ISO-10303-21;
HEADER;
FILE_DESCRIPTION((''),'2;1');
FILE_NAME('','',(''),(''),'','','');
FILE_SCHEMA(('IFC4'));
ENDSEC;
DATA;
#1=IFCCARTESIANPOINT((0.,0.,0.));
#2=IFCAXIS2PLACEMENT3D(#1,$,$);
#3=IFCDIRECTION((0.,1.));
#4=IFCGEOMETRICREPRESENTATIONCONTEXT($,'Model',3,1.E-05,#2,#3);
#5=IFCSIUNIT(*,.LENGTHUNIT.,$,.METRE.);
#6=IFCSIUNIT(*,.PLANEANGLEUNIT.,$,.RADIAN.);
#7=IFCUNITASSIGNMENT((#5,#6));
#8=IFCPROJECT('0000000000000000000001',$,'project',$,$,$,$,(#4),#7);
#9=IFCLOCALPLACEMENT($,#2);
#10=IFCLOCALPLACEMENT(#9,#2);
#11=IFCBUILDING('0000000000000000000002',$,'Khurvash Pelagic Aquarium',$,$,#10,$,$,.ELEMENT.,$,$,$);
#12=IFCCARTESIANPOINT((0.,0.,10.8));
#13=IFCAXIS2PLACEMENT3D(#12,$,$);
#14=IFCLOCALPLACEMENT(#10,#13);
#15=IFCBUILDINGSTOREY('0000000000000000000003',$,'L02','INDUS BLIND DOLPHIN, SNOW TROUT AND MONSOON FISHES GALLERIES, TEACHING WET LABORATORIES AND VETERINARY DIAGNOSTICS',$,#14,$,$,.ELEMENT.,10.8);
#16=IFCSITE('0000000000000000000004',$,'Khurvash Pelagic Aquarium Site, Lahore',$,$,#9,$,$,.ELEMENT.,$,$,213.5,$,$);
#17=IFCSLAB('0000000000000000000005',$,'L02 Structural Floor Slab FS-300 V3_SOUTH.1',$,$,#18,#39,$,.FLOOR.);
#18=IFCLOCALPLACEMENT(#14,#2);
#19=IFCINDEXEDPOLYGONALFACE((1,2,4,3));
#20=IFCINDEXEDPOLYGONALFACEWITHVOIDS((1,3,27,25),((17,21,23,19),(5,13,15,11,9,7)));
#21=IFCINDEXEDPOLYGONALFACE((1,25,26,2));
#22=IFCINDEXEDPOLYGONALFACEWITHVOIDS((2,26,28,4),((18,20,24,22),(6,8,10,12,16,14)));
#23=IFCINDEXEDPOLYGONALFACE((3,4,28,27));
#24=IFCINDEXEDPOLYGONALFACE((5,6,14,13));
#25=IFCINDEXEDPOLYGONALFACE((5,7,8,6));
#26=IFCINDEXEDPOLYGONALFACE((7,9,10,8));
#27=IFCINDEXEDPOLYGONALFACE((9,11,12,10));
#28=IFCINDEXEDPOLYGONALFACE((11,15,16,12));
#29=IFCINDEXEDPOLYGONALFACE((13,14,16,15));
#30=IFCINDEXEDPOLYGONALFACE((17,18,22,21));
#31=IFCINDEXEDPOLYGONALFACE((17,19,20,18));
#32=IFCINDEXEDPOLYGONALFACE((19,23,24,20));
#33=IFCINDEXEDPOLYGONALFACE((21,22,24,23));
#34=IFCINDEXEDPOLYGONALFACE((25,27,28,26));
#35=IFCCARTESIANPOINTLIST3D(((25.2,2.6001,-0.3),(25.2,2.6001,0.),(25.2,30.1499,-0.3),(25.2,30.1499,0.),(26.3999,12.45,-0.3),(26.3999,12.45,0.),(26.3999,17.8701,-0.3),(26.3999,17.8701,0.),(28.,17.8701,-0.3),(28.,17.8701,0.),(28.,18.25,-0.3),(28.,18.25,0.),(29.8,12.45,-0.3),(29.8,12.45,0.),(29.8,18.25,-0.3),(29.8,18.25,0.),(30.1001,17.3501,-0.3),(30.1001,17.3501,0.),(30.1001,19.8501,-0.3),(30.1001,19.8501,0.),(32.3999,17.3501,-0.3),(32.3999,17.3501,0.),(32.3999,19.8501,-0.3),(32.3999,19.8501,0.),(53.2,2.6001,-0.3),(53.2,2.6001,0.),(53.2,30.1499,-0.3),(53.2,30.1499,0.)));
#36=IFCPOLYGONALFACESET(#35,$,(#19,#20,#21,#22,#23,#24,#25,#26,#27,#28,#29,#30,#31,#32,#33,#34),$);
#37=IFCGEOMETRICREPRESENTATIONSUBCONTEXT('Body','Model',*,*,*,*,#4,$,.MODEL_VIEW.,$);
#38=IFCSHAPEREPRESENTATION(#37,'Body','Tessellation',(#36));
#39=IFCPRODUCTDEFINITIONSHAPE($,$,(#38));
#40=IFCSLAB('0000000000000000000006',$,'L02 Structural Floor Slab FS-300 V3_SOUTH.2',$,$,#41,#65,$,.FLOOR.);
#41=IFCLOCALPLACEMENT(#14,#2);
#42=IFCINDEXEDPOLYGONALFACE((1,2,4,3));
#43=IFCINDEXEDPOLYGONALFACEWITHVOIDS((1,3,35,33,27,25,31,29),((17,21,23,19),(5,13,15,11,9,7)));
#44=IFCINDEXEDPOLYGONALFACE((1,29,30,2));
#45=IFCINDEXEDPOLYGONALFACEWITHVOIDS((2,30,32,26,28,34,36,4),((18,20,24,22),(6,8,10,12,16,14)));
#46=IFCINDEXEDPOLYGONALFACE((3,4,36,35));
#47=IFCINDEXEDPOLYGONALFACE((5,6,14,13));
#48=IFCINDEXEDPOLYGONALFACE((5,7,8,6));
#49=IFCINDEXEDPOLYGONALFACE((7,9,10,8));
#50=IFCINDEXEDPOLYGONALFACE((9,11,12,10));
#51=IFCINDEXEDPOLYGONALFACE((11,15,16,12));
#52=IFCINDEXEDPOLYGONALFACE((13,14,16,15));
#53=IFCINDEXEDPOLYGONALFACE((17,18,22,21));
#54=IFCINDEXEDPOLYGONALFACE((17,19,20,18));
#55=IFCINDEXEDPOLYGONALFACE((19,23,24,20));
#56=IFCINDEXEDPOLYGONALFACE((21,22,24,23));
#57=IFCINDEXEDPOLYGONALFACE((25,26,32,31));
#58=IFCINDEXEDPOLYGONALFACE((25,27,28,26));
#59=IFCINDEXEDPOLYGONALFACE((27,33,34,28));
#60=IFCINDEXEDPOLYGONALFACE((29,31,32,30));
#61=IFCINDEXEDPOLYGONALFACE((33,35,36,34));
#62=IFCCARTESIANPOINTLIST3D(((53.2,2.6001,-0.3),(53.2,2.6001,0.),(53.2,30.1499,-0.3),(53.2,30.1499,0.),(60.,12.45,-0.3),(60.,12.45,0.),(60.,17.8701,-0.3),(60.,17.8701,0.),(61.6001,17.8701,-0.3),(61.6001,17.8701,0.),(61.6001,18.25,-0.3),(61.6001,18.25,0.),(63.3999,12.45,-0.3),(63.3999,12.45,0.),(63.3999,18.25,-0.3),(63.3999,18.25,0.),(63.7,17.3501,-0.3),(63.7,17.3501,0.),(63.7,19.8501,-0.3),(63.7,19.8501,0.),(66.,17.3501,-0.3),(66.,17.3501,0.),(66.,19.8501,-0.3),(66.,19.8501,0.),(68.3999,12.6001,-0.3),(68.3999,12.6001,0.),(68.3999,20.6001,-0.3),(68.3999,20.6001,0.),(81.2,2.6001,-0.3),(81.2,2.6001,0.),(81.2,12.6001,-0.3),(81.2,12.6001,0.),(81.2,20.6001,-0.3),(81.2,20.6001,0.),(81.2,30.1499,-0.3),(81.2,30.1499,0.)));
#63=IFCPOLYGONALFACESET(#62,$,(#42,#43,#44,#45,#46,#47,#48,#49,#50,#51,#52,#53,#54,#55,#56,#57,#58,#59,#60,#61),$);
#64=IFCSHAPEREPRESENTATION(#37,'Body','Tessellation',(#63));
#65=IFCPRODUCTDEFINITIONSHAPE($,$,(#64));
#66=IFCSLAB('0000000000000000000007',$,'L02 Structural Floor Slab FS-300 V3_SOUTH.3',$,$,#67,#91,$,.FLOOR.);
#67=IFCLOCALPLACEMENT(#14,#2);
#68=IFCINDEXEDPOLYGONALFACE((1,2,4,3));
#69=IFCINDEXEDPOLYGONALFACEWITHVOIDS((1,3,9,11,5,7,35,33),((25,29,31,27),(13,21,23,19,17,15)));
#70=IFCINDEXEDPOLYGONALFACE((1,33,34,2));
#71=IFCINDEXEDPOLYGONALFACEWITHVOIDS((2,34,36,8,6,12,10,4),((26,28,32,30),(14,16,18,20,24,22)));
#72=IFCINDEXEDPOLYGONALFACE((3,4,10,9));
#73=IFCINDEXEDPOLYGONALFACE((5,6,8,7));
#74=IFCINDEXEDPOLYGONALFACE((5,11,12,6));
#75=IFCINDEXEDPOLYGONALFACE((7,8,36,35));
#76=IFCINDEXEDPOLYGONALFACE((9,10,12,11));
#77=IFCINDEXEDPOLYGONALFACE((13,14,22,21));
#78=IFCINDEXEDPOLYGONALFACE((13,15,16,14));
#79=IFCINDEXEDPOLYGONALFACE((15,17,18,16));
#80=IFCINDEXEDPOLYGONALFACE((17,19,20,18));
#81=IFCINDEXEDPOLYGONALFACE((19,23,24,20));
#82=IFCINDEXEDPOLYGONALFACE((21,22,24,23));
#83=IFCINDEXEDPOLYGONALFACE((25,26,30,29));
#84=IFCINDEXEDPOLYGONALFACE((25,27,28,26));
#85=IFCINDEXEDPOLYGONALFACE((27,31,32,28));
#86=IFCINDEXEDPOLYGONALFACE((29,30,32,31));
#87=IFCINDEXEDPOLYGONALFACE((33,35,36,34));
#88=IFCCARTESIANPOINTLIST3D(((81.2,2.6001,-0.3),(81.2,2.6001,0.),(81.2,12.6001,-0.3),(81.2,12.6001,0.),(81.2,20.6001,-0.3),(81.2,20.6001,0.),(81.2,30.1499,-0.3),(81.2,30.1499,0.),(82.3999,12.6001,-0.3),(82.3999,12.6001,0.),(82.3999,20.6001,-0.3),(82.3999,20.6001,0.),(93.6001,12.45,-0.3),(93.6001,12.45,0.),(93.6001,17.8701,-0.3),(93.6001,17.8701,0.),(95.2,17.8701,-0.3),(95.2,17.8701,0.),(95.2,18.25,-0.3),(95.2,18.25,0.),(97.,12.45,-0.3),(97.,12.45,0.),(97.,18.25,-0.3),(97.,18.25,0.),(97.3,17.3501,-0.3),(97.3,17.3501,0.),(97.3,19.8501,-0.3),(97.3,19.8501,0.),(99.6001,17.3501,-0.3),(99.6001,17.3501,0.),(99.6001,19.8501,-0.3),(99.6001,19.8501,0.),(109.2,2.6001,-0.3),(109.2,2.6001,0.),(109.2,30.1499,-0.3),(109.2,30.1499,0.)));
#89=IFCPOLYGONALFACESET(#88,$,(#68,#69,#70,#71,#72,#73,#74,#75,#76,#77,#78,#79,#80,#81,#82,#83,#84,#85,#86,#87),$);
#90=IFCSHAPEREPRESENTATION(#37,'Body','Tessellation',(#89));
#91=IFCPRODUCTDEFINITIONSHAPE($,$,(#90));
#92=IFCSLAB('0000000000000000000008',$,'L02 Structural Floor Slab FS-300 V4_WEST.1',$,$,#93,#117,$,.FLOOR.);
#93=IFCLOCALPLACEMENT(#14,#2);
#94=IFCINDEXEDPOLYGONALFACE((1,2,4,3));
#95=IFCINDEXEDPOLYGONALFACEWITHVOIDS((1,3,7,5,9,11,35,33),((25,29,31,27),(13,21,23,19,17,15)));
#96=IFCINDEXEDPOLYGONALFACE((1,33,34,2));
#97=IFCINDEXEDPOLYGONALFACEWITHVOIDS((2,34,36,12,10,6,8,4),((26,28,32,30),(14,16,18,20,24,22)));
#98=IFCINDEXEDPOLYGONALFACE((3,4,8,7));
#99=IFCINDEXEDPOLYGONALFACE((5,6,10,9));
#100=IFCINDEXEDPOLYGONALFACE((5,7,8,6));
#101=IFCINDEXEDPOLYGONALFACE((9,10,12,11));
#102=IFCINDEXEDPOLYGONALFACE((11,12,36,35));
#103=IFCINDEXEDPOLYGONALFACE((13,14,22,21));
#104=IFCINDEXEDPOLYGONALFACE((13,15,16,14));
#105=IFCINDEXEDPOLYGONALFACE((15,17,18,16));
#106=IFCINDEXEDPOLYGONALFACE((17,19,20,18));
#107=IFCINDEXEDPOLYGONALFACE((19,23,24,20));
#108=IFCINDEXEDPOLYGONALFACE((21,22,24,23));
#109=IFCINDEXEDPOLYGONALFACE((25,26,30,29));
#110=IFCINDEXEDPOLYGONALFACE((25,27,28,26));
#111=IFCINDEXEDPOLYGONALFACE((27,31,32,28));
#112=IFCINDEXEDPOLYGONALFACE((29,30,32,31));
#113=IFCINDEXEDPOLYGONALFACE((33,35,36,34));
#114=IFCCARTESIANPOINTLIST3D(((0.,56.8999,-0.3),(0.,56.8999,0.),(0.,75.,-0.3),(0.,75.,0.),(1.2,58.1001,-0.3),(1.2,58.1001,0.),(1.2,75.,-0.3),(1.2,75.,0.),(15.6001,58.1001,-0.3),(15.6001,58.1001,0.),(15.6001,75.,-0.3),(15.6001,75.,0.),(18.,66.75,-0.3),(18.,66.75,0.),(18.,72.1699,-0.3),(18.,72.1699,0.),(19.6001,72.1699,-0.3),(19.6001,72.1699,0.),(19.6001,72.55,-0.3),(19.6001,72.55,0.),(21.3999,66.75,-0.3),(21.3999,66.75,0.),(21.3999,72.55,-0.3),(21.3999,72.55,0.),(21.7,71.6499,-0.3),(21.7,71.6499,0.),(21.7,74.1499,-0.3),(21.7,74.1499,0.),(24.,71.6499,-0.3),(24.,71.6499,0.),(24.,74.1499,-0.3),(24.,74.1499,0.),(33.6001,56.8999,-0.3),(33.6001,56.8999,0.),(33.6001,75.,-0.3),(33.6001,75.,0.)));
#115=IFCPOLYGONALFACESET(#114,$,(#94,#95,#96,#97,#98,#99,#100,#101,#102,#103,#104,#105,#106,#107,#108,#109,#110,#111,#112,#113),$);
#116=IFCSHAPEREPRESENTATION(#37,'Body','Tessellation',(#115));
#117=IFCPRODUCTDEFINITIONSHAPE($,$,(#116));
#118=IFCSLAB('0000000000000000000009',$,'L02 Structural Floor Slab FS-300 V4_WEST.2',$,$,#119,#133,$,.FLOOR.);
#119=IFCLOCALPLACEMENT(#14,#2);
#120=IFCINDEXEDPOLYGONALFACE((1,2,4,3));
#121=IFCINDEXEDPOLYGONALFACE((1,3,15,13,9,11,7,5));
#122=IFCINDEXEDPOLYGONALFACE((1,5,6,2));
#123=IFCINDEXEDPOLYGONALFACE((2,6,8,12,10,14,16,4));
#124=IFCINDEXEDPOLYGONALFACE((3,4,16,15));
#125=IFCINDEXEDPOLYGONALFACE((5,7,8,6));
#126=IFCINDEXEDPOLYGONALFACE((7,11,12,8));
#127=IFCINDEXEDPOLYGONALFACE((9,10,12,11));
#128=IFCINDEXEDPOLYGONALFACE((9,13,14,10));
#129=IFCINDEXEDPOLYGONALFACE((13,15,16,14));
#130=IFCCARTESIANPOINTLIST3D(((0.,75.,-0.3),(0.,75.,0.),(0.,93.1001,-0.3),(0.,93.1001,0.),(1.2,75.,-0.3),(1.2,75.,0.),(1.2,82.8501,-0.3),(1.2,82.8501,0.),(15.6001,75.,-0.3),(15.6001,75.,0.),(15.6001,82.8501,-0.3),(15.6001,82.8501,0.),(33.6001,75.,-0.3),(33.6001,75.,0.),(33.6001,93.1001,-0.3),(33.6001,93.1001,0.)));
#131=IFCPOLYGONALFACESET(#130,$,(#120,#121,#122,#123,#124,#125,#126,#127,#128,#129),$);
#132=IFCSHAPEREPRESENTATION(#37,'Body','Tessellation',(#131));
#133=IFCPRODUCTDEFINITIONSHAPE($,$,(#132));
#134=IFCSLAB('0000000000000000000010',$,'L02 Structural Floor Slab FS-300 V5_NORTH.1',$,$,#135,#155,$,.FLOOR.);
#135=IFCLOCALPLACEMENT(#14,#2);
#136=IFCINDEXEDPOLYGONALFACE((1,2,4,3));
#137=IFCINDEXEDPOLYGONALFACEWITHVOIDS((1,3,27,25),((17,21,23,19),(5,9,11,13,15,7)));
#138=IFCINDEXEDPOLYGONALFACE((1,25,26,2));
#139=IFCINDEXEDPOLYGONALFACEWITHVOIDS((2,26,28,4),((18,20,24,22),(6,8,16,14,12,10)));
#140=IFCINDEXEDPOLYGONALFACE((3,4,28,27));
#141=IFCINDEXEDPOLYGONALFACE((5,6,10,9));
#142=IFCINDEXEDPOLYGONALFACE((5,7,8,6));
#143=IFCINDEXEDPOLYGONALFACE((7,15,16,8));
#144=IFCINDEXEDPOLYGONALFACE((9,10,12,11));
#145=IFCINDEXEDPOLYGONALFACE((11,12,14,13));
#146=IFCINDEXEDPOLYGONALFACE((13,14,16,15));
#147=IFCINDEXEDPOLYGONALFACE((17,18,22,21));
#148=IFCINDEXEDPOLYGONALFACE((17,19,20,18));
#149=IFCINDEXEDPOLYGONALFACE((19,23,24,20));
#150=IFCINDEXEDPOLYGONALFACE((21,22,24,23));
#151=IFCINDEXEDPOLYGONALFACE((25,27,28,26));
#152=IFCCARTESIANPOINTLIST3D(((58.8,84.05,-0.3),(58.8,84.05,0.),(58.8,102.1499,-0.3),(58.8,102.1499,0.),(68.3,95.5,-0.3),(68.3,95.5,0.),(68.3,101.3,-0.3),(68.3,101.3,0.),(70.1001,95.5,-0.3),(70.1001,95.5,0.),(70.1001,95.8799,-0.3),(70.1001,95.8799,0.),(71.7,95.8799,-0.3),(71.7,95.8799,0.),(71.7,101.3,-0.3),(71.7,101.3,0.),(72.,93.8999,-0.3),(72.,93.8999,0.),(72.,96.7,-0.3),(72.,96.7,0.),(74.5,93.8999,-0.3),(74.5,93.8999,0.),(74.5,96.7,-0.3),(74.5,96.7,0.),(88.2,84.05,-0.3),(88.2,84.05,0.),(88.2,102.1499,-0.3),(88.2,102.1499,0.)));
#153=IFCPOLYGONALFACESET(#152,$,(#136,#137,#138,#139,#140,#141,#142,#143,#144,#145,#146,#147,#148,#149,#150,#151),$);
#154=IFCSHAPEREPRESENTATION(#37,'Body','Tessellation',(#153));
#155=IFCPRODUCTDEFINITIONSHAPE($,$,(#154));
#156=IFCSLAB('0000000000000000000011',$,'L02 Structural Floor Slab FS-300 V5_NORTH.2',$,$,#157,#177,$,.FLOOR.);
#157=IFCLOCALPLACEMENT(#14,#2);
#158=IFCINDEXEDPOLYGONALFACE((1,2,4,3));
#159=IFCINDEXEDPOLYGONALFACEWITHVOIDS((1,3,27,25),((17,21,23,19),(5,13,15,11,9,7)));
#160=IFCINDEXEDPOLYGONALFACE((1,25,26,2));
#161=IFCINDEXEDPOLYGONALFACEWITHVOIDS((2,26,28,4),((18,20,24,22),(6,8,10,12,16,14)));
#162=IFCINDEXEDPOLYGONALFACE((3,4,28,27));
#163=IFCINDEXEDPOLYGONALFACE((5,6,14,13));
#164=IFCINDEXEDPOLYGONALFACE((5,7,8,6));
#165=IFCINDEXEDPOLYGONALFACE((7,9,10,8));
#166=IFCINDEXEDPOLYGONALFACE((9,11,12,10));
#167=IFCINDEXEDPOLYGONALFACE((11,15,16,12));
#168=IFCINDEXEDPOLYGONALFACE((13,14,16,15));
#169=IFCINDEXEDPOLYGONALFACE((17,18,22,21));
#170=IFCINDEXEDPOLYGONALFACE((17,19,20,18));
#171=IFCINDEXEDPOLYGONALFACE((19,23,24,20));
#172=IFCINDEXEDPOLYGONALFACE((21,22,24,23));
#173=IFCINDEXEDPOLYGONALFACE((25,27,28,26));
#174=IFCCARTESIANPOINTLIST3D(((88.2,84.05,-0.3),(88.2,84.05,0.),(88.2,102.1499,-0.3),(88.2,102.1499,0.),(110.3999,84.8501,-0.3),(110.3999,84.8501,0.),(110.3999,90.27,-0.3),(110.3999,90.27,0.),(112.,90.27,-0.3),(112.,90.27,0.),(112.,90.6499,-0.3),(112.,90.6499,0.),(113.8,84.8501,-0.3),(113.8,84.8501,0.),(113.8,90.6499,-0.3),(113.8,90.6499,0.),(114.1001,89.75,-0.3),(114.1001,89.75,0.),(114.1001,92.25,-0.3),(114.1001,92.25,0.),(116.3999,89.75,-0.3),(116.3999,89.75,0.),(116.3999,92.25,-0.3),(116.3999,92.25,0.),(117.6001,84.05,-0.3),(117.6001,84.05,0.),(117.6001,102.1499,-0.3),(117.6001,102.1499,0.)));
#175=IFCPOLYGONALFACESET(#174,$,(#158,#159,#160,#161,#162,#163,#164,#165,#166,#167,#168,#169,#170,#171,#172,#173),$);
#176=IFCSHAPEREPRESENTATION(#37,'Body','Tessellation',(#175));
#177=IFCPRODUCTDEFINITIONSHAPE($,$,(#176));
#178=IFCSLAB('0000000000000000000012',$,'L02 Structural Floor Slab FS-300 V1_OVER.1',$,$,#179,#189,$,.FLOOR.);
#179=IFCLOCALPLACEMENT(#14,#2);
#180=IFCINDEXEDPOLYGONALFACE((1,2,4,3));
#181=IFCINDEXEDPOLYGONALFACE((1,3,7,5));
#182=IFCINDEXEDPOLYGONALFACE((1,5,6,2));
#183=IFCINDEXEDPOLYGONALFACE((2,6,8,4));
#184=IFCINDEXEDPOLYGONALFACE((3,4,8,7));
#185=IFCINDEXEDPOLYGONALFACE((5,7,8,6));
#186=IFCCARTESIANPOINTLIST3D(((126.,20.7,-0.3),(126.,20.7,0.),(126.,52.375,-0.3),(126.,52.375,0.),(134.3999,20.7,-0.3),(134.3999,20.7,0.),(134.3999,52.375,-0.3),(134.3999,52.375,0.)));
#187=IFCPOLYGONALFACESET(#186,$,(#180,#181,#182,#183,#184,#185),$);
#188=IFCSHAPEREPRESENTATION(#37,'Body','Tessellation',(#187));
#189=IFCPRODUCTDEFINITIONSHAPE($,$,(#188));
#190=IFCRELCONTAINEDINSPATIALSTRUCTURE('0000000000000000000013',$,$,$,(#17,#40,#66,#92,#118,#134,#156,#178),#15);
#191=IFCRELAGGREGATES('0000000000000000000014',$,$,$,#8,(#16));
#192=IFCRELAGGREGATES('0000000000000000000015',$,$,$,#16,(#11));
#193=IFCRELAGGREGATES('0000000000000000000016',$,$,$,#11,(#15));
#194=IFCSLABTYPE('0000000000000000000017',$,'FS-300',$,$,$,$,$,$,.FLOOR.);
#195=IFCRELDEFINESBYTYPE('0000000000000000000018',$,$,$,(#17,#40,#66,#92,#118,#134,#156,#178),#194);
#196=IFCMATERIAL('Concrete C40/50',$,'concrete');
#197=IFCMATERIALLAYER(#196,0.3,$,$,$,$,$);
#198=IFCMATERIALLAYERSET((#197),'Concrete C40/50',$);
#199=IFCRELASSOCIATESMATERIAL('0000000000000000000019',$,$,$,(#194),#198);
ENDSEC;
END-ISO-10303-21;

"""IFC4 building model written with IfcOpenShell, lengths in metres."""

from ifc_helpers import new_model, si_unit, direction, frame, origin, place, context, subcontext, project, spatial, polyline, outline, extrude, material, layer, layer_set, type_object, element, save


model = new_model("IFC4")

# Units and contexts
model_context = context("Model", 3, precision=1e-05, world=origin(), true_north=direction((0.0, 1.0)))
body_context = subcontext(model_context, "Body", "Model", "MODEL_VIEW")
ifc_project = project(units=[si_unit("LENGTHUNIT", "METRE"), si_unit("PLANEANGLEUNIT", "RADIAN")], contexts=[model_context])

# Site, building, storey
site_placement = place(None, origin())
site = spatial("IfcSite", under=ifc_project, at=site_placement, Name="Khurvash Pelagic Aquarium Site, Lahore", CompositionType="ELEMENT", RefElevation=213.5)
building_placement = place(site_placement, origin())
building = spatial("IfcBuilding", under=site, at=building_placement, Name="Khurvash Pelagic Aquarium", CompositionType="ELEMENT")
storey_placement = place(building_placement, frame((0.0, 0.0, 10.8)))
storey = spatial("IfcBuildingStorey", under=building, at=storey_placement, Name="L02", Description="INDUS BLIND DOLPHIN, SNOW TROUT AND MONSOON FISHES GALLERIES, TEACHING WET LABORATORIES AND VETERINARY DIAGNOSTICS", CompositionType="ELEMENT", Elevation=10.8)

# Slabs
ifc_material_1 = material(Name="Concrete C40/50", Category="concrete")
ifc_layer_1 = layer(ifc_material_1, 0.3)
ifc_layer_set_1 = layer_set([ifc_layer_1], Name="Concrete C40/50")
slab_type_1 = type_object("IfcSlabType", Name="FS-300", PredefinedType="FLOOR", material=ifc_layer_set_1)
slab_1_placement = place(storey_placement, frame((0.0, 0.0, -0.3)))
element("IfcSlab", 1, at=slab_1_placement, inside=storey, type_object=slab_type_1, Name="L02 Structural Floor Slab FS-300 V3_SOUTH.1", PredefinedType="FLOOR", context=body_context, shape_type="SweptSolid", body=[
    extrude(outline(polyline([(25.2, 2.6001), (53.2, 2.6001), (53.2, 30.1499), (25.2, 30.1499), (25.2, 2.6001)]), holes=[polyline([(28.0, 18.25), (29.8, 18.25), (29.8, 12.45), (26.3999, 12.45), (26.3999, 17.8701), (28.0, 17.8701), (28.0, 18.25)]), polyline([(32.3999, 17.3501), (30.1001, 17.3501), (30.1001, 19.8501), (32.3999, 19.8501), (32.3999, 17.3501)])]), origin(), (0.0, 0.0, 1.0), 0.3),
])
slab_2_placement = place(storey_placement, frame((0.0, 0.0, -0.3)))
element("IfcSlab", 2, at=slab_2_placement, inside=storey, type_object=slab_type_1, Name="L02 Structural Floor Slab FS-300 V3_SOUTH.2", PredefinedType="FLOOR", context=body_context, shape_type="SweptSolid", body=[
    extrude(outline(polyline([(68.3999, 20.6001), (81.2, 20.6001), (81.2, 30.1499), (53.2, 30.1499), (53.2, 2.6001), (81.2, 2.6001), (81.2, 12.6001), (68.3999, 12.6001), (68.3999, 20.6001)]), holes=[polyline([(61.6001, 18.25), (63.3999, 18.25), (63.3999, 12.45), (60.0, 12.45), (60.0, 17.8701), (61.6001, 17.8701), (61.6001, 18.25)]), polyline([(66.0, 17.3501), (63.7, 17.3501), (63.7, 19.8501), (66.0, 19.8501), (66.0, 17.3501)])]), origin(), (0.0, 0.0, 1.0), 0.3),
])
slab_3_placement = place(storey_placement, frame((0.0, 0.0, -0.3)))
element("IfcSlab", 3, at=slab_3_placement, inside=storey, type_object=slab_type_1, Name="L02 Structural Floor Slab FS-300 V3_SOUTH.3", PredefinedType="FLOOR", context=body_context, shape_type="SweptSolid", body=[
    extrude(outline(polyline([(81.2, 2.6001), (109.2, 2.6001), (109.2, 30.1499), (81.2, 30.1499), (81.2, 20.6001), (82.3999, 20.6001), (82.3999, 12.6001), (81.2, 12.6001), (81.2, 2.6001)]), holes=[polyline([(95.2, 18.25), (97.0, 18.25), (97.0, 12.45), (93.6001, 12.45), (93.6001, 17.8701), (95.2, 17.8701), (95.2, 18.25)]), polyline([(99.6001, 17.3501), (97.3, 17.3501), (97.3, 19.8501), (99.6001, 19.8501), (99.6001, 17.3501)])]), origin(), (0.0, 0.0, 1.0), 0.3),
])
slab_4_placement = place(storey_placement, frame((0.0, 0.0, -0.3)))
element("IfcSlab", 4, at=slab_4_placement, inside=storey, type_object=slab_type_1, Name="L02 Structural Floor Slab FS-300 V4_WEST.1", PredefinedType="FLOOR", context=body_context, shape_type="SweptSolid", body=[
    extrude(outline(polyline([(33.6001, 56.8999), (33.6001, 75.0), (15.6001, 75.0), (15.6001, 58.1001), (1.2, 58.1001), (1.2, 75.0), (0.0, 75.0), (0.0, 56.8999), (33.6001, 56.8999)]), holes=[polyline([(19.6001, 72.55), (21.3999, 72.55), (21.3999, 66.75), (18.0, 66.75), (18.0, 72.1699), (19.6001, 72.1699), (19.6001, 72.55)]), polyline([(24.0, 71.6499), (21.7, 71.6499), (21.7, 74.1499), (24.0, 74.1499), (24.0, 71.6499)])]), origin(), (0.0, 0.0, 1.0), 0.3),
])
slab_5_placement = place(storey_placement, frame((0.0, 0.0, -0.3)))
element("IfcSlab", 5, at=slab_5_placement, inside=storey, type_object=slab_type_1, Name="L02 Structural Floor Slab FS-300 V4_WEST.2", PredefinedType="FLOOR", context=body_context, shape_type="SweptSolid", body=[
    extrude(outline(polyline([(0.0, 93.1001), (0.0, 75.0), (1.2, 75.0), (1.2, 82.8501), (15.6001, 82.8501), (15.6001, 75.0), (33.6001, 75.0), (33.6001, 93.1001), (0.0, 93.1001)])), origin(), (0.0, 0.0, 1.0), 0.3),
])
slab_6_placement = place(storey_placement, frame((0.0, 0.0, -0.3)))
element("IfcSlab", 6, at=slab_6_placement, inside=storey, type_object=slab_type_1, Name="L02 Structural Floor Slab FS-300 V5_NORTH.1", PredefinedType="FLOOR", context=body_context, shape_type="SweptSolid", body=[
    extrude(outline(polyline([(58.8, 84.05), (88.2, 84.05), (88.2, 102.1499), (58.8, 102.1499), (58.8, 84.05)]), holes=[polyline([(70.1001, 95.5), (68.3, 95.5), (68.3, 101.3), (71.7, 101.3), (71.7, 95.8799), (70.1001, 95.8799), (70.1001, 95.5)]), polyline([(74.5, 93.8999), (72.0, 93.8999), (72.0, 96.7), (74.5, 96.7), (74.5, 93.8999)])]), origin(), (0.0, 0.0, 1.0), 0.3),
])
slab_7_placement = place(storey_placement, frame((0.0, 0.0, -0.3)))
element("IfcSlab", 7, at=slab_7_placement, inside=storey, type_object=slab_type_1, Name="L02 Structural Floor Slab FS-300 V5_NORTH.2", PredefinedType="FLOOR", context=body_context, shape_type="SweptSolid", body=[
    extrude(outline(polyline([(117.6001, 84.05), (117.6001, 102.1499), (88.2, 102.1499), (88.2, 84.05), (117.6001, 84.05)]), holes=[polyline([(112.0, 90.6499), (113.8, 90.6499), (113.8, 84.8501), (110.3999, 84.8501), (110.3999, 90.27), (112.0, 90.27), (112.0, 90.6499)]), polyline([(116.3999, 89.75), (114.1001, 89.75), (114.1001, 92.25), (116.3999, 92.25), (116.3999, 89.75)])]), origin(), (0.0, 0.0, 1.0), 0.3),
])
slab_8_placement = place(storey_placement, frame((0.0, 0.0, -0.3)))
element("IfcSlab", 8, at=slab_8_placement, inside=storey, type_object=slab_type_1, Name="L02 Structural Floor Slab FS-300 V1_OVER.1", PredefinedType="FLOOR", context=body_context, shape_type="SweptSolid", body=[
    extrude(outline(polyline([(134.3999, 20.7), (134.3999, 52.375), (126.0, 52.375), (126.0, 20.7), (134.3999, 20.7)])), origin(), (0.0, 0.0, 1.0), 0.3),
])

save(model, "model.ifc")
